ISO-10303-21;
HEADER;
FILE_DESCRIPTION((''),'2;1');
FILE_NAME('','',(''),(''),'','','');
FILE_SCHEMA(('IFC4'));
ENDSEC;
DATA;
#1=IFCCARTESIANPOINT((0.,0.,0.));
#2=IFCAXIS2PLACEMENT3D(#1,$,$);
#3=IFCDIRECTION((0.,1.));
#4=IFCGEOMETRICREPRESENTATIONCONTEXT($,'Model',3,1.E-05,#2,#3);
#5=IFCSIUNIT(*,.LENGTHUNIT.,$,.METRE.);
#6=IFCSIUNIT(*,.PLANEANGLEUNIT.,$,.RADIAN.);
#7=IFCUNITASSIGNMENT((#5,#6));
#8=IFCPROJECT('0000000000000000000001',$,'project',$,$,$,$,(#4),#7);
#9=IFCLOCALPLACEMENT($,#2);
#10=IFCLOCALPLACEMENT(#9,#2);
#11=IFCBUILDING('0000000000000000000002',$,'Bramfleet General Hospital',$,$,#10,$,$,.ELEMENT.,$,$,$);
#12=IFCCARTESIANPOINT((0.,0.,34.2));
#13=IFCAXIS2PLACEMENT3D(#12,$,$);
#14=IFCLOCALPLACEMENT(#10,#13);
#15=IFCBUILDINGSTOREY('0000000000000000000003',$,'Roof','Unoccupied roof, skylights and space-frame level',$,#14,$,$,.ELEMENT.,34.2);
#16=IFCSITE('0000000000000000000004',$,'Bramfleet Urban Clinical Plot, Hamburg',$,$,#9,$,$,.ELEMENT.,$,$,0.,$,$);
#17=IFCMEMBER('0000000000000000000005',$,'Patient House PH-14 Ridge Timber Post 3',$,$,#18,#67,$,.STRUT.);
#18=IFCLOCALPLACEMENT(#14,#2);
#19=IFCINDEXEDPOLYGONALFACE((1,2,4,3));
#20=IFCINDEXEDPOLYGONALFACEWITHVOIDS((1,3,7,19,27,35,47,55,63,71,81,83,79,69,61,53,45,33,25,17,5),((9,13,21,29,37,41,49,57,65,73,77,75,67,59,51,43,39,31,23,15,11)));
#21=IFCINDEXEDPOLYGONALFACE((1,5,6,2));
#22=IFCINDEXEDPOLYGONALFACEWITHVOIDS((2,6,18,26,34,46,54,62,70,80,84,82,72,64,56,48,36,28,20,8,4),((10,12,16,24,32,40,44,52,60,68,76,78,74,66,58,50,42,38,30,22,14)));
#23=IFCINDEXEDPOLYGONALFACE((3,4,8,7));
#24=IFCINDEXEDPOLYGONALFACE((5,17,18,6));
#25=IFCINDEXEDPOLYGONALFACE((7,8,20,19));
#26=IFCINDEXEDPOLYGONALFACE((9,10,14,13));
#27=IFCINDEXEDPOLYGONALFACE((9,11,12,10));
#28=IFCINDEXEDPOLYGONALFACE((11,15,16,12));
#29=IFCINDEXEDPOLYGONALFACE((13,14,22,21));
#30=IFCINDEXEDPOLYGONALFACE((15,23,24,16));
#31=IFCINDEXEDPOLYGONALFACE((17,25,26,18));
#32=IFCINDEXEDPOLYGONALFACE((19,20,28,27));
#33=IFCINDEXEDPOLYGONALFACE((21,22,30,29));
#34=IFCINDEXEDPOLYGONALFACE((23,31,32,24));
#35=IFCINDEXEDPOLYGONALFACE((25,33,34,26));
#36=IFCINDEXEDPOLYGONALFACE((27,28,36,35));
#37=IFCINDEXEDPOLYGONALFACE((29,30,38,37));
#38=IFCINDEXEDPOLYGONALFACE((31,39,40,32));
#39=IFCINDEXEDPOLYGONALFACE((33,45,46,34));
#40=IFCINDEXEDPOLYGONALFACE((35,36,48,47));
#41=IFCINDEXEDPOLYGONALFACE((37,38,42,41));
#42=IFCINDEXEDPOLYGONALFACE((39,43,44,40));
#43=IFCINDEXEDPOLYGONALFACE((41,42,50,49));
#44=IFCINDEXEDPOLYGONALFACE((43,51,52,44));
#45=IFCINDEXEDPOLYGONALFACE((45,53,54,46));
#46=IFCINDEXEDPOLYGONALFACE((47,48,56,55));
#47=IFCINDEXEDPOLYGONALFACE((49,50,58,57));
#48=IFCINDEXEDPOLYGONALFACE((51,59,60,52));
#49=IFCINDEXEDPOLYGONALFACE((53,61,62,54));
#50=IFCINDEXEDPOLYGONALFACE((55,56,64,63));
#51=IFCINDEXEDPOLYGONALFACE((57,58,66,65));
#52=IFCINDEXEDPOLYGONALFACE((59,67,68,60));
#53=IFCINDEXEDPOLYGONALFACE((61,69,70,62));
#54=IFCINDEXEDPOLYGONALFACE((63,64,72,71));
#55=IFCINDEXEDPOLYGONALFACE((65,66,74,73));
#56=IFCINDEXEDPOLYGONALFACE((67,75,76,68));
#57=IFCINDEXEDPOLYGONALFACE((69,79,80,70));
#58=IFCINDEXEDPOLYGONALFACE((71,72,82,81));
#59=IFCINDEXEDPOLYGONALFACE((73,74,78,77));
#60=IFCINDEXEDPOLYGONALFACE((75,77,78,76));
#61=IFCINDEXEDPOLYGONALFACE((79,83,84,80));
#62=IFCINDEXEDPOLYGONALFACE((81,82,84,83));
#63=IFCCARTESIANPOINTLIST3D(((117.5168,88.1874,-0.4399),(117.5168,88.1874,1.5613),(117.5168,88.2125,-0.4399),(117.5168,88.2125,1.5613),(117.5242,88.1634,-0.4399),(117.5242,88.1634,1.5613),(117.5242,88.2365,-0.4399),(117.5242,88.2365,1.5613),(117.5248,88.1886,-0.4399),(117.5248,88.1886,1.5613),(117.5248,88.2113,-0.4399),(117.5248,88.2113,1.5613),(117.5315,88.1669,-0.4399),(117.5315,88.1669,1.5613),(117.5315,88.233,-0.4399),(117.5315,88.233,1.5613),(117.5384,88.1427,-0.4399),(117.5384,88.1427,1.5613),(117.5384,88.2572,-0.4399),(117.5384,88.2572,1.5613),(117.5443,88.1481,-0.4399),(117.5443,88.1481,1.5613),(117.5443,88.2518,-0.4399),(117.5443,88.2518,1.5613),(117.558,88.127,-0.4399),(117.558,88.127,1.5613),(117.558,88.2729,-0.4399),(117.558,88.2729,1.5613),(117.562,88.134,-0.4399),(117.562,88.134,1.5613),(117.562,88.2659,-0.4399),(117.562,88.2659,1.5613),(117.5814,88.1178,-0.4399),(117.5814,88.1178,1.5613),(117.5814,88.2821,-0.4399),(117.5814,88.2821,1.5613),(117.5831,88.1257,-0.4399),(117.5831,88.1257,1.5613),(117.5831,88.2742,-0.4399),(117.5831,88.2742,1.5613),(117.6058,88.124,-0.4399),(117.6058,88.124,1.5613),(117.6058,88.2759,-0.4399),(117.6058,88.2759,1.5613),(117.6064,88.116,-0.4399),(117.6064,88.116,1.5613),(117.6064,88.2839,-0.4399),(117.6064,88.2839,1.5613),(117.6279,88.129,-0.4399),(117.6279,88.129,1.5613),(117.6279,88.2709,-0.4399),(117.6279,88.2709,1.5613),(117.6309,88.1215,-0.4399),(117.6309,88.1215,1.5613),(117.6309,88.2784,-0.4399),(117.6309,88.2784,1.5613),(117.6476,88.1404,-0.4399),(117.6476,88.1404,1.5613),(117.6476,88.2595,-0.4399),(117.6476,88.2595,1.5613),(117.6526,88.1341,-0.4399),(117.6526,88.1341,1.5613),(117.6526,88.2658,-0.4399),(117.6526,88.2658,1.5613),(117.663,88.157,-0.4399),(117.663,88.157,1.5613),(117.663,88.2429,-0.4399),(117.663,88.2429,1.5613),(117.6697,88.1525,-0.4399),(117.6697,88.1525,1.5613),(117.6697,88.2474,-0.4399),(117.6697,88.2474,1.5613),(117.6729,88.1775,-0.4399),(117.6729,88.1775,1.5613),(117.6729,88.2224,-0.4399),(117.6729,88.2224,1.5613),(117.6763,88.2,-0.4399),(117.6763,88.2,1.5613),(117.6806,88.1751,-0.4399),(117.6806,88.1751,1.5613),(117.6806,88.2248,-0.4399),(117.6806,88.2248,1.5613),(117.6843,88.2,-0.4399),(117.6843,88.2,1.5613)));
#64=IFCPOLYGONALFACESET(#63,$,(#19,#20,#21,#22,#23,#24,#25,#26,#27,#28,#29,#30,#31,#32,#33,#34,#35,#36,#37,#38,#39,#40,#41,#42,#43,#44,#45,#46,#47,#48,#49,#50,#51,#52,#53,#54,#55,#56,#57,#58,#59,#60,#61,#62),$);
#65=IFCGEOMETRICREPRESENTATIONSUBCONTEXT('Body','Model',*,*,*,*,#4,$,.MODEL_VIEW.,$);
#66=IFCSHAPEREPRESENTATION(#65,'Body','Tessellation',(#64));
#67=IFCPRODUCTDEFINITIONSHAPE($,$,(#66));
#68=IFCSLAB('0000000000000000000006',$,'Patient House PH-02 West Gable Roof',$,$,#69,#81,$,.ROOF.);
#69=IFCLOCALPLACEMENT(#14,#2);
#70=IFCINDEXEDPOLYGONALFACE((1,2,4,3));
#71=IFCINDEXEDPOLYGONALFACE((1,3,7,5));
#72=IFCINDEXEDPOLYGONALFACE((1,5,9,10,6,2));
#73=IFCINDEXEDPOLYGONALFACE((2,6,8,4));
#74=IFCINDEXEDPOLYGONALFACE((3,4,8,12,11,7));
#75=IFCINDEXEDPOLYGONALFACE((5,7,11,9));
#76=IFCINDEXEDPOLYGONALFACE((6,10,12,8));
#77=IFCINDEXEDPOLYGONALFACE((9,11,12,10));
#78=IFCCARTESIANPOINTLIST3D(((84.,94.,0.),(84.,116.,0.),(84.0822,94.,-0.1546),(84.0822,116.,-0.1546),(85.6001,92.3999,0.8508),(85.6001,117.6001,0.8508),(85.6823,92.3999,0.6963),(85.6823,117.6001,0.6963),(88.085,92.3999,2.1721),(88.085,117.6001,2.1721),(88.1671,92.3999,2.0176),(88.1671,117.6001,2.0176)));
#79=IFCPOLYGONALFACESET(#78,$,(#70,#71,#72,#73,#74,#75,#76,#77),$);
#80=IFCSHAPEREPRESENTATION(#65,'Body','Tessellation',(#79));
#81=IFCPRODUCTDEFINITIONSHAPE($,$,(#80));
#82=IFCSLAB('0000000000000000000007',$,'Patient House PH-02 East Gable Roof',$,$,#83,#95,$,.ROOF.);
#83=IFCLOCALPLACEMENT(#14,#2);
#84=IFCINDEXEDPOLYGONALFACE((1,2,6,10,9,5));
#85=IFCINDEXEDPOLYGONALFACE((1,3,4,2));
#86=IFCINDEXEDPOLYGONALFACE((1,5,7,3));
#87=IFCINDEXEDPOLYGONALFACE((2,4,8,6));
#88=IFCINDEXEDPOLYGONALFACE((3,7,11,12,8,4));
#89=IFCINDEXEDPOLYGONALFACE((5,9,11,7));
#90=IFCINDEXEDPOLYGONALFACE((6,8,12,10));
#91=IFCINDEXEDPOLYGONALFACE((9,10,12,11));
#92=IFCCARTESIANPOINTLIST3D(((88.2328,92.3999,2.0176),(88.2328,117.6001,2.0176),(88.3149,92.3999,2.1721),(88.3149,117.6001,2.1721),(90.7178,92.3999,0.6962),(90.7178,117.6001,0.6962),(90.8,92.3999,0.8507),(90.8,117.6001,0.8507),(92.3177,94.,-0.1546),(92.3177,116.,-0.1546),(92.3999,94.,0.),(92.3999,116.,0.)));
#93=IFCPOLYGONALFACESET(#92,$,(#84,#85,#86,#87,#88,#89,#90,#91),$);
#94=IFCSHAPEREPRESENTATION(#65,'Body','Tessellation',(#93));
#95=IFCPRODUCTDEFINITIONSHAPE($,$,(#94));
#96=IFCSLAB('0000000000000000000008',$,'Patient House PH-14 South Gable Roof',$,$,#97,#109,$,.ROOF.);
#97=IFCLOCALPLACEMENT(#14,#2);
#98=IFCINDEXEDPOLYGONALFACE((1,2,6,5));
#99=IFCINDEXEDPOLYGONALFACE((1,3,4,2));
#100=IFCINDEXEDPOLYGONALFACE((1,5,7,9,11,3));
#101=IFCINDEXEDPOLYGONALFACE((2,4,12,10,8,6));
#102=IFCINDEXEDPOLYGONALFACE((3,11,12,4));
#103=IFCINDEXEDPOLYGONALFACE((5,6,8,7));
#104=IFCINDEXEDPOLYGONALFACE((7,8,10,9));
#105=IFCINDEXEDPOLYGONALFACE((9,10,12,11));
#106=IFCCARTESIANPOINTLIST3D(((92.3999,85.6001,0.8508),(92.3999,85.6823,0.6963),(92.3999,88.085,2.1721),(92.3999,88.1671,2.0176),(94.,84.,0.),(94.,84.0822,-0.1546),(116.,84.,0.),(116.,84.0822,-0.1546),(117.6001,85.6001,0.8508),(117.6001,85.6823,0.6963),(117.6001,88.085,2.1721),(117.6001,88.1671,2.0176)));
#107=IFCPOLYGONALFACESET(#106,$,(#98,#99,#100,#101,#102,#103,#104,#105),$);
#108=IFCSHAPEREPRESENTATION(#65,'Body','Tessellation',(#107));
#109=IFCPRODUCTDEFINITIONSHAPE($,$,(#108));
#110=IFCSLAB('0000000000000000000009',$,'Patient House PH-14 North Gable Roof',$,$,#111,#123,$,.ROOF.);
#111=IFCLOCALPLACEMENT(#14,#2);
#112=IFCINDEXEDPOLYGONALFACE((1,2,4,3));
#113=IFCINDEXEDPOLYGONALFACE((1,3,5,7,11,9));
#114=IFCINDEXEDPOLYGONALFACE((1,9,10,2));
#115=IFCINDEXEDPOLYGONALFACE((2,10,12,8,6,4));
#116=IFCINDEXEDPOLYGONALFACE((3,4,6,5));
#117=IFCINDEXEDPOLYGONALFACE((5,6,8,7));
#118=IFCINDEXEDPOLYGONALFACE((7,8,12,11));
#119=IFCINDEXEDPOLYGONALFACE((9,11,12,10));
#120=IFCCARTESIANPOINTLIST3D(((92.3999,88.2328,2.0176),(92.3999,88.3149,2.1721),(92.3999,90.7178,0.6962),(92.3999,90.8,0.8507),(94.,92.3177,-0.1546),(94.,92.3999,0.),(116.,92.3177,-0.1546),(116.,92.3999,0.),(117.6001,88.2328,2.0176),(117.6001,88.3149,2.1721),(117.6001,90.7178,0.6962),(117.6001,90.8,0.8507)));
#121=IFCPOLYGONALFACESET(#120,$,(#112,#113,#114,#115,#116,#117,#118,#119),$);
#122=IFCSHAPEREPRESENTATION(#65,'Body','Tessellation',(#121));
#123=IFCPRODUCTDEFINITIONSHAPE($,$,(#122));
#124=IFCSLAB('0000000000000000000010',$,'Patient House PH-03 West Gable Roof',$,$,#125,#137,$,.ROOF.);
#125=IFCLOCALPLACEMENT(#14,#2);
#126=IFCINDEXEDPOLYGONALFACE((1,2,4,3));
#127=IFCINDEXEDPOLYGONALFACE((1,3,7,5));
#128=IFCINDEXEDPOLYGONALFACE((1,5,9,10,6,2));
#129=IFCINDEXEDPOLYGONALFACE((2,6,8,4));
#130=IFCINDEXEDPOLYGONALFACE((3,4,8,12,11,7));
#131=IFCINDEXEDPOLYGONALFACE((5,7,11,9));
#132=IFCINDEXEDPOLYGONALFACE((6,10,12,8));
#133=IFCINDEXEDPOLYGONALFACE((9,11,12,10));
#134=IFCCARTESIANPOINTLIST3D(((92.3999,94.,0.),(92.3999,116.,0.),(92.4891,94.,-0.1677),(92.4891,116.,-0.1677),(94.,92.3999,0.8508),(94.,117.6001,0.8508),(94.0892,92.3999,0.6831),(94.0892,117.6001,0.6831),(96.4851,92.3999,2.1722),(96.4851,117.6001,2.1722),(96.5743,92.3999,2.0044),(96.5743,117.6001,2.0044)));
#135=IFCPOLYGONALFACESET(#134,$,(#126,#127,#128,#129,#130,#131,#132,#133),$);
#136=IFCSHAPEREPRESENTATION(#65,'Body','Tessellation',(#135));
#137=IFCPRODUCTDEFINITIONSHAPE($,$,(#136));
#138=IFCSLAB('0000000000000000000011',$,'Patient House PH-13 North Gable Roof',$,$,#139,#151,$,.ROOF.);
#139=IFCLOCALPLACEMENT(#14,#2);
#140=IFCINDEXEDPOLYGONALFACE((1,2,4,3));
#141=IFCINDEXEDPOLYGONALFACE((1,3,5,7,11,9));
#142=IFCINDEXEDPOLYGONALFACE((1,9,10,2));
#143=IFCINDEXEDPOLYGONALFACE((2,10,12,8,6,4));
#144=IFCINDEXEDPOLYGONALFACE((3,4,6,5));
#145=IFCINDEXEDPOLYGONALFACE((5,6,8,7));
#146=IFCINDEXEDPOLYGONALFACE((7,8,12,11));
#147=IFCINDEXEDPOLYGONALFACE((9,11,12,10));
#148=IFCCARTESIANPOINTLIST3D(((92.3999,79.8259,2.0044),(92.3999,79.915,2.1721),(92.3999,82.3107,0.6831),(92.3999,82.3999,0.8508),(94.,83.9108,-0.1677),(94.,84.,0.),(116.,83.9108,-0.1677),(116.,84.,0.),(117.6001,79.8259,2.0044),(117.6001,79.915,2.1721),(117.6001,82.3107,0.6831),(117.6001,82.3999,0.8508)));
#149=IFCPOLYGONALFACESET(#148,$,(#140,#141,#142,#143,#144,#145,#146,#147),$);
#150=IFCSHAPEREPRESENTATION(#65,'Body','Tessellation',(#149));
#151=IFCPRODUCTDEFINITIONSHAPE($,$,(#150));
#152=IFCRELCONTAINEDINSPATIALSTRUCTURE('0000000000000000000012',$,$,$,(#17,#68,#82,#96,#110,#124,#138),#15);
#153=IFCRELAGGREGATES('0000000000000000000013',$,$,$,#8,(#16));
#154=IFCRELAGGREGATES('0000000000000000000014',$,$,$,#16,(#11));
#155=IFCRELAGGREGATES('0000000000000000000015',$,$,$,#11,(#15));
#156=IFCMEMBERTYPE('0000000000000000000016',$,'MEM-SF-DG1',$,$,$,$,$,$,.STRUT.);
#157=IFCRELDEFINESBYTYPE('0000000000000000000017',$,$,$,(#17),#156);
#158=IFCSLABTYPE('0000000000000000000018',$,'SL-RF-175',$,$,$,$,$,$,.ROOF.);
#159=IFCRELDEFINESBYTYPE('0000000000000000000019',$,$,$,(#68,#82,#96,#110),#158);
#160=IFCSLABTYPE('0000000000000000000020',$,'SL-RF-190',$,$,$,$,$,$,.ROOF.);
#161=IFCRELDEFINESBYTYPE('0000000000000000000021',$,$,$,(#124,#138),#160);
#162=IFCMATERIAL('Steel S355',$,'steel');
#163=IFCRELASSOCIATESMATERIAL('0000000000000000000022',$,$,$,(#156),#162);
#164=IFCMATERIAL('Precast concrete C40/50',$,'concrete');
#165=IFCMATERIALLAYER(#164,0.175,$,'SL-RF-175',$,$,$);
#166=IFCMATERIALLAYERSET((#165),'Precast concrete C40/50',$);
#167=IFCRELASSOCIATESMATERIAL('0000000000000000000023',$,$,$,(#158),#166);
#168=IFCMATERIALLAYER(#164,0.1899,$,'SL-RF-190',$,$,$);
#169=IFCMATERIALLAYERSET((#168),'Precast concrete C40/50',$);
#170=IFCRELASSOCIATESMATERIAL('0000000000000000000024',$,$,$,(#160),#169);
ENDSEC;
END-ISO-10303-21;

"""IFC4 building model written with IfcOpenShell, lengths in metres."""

from ifc_helpers import new_model, si_unit, direction, frame, origin, origin_2d, place, context, subcontext, project, spatial, polyline, hollow_circle, outline, extrude, material, layer, layer_set, material_profile, profile_set, type_object, element, save


model = new_model("IFC4")

# Units and contexts
model_context = context("Model", 3, precision=1e-05, world=origin(), true_north=direction((0.0, 1.0)))
body_context = subcontext(model_context, "Body", "Model", "MODEL_VIEW")
ifc_project = project(units=[si_unit("LENGTHUNIT", "METRE"), si_unit("PLANEANGLEUNIT", "RADIAN")], contexts=[model_context])

# Site, building, storey
site_placement = place(None, origin())
site = spatial("IfcSite", under=ifc_project, at=site_placement, Name="Bramfleet Urban Clinical Plot, Hamburg", CompositionType="ELEMENT", RefElevation=0.0)
building_placement = place(site_placement, origin())
building = spatial("IfcBuilding", under=site, at=building_placement, Name="Bramfleet General Hospital", CompositionType="ELEMENT")
storey_placement = place(building_placement, frame((0.0, 0.0, 34.2)))
storey = spatial("IfcBuildingStorey", under=building, at=storey_placement, Name="Roof", Description="Unoccupied roof, skylights and space-frame level", CompositionType="ELEMENT", Elevation=34.2)

# Member
ifc_material_1 = material(Name="Steel S355", Category="steel")
ifc_material_profile_1 = material_profile(ifc_material_1, hollow_circle(Radius=0.0842, WallThickness=0.0081, at=origin_2d()), Name="CHS 168.3x8.0")
ifc_profile_set_1 = profile_set([ifc_material_profile_1], Name="Steel S355")
member_type_1 = type_object("IfcMemberType", Name="MEM-SF-DG1", PredefinedType="STRUT", material=ifc_profile_set_1)
for number, where, z_axis, x_axis, name in (
    (1, (117.6001, 88.2, -0.4399), (0.0, 0.0, 1.0), (1.0, 0.0, 0.0), "Patient House PH-14 Ridge Timber Post 3"),
):
    element("IfcMember", number, at=place(storey_placement, frame(where, z_axis=z_axis, x_axis=x_axis)), inside=storey, type_object=member_type_1, Name=name, PredefinedType="STRUT", context=body_context, shape_type="SweptSolid", body=[
        extrude(hollow_circle(Radius=0.0842, WallThickness=0.0081, at=origin_2d()), origin(), (0.0, 0.0, 1.0), 2.0012),
    ])

# Slabs
ifc_material_2 = material(Name="Precast concrete C40/50", Category="concrete")
ifc_layer_1 = layer(ifc_material_2, 0.175, Name="SL-RF-175")
ifc_layer_set_1 = layer_set([ifc_layer_1], Name="Precast concrete C40/50")
slab_type_1 = type_object("IfcSlabType", Name="SL-RF-175", PredefinedType="ROOF", material=ifc_layer_set_1)
slab_1_placement = place(storey_placement, frame((85.6001, 92.3999, 0.8508), z_axis=(-0.46949, 0.0, 0.882938), x_axis=(0.882938, 0.0, 0.46949)))
element("IfcSlab", 2, at=slab_1_placement, inside=storey, type_object=slab_type_1, Name="Patient House PH-02 West Gable Roof", PredefinedType="ROOF", context=body_context, shape_type="SweptSolid", body=[
    extrude(outline(polyline([(0.0, 0.0), (2.8143, 0.0), (2.8143, 25.2002), (0.0, 25.2002), (-1.8122, 23.6001), (-1.8122, 1.6001), (0.0, 0.0)])), origin(), (0.0, 0.0, -1.0), 0.175),
])
slab_2_placement = place(storey_placement, frame((88.3149, 92.3999, 2.1721), z_axis=(0.469488, 0.0, 0.882939), x_axis=(0.882939, 0.0, -0.469488)))
element("IfcSlab", 3, at=slab_2_placement, inside=storey, type_object=slab_type_1, Name="Patient House PH-02 East Gable Roof", PredefinedType="ROOF", context=body_context, shape_type="SweptSolid", body=[
    extrude(outline(polyline([(0.0, 0.0), (2.8145, 0.0), (4.6266, 1.6001), (4.6266, 23.6001), (2.8145, 25.2002), (0.0, 25.2002), (0.0, 0.0)])), origin(), (0.0, 0.0, -1.0), 0.175),
])
slab_3_placement = place(storey_placement, frame((94.0, 84.0, 0.0), z_axis=(0.0, -0.46949, 0.882938), x_axis=(1.0, 0.0, 0.0)))
element("IfcSlab", 4, at=slab_3_placement, inside=storey, type_object=slab_type_1, Name="Patient House PH-14 South Gable Roof", PredefinedType="ROOF", context=body_context, shape_type="SweptSolid", body=[
    extrude(outline(polyline([(0.0, 0.0), (22.0, 0.0), (23.6001, 1.8122), (23.6001, 4.6266), (-1.6001, 4.6266), (-1.6001, 1.8122), (0.0, 0.0)])), origin(), (0.0, 0.0, -1.0), 0.175),
])
slab_4_placement = place(storey_placement, frame((92.3999, 88.3149, 2.1721), z_axis=(0.0, 0.469488, 0.882939), x_axis=(1.0, 0.0, 0.0)))
element("IfcSlab", 5, at=slab_4_placement, inside=storey, type_object=slab_type_1, Name="Patient House PH-14 North Gable Roof", PredefinedType="ROOF", context=body_context, shape_type="SweptSolid", body=[
    extrude(outline(polyline([(0.0, 0.0), (25.2002, 0.0), (25.2002, 2.8145), (23.6001, 4.6266), (1.6001, 4.6266), (0.0, 2.8145), (0.0, 0.0)])), origin(), (0.0, 0.0, -1.0), 0.175),
])
ifc_layer_2 = layer(ifc_material_2, 0.1899, Name="SL-RF-190")
ifc_layer_set_2 = layer_set([ifc_layer_2], Name="Precast concrete C40/50")
slab_type_2 = type_object("IfcSlabType", Name="SL-RF-190", PredefinedType="ROOF", material=ifc_layer_set_2)
slab_5_placement = place(storey_placement, frame((94.0, 92.3999, 0.8508), z_axis=(-0.469467, 0.0, 0.88295), x_axis=(0.88295, 0.0, 0.469467)))
element("IfcSlab", 6, at=slab_5_placement, inside=storey, type_object=slab_type_2, Name="Patient House PH-03 West Gable Roof", PredefinedType="ROOF", context=body_context, shape_type="SweptSolid", body=[
    extrude(outline(polyline([(0.0, 0.0), (2.8145, 0.0), (2.8145, 25.2002), (0.0, 25.2002), (-1.8122, 23.6001), (-1.8122, 1.6001), (0.0, 0.0)])), origin(), (0.0, 0.0, -1.0), 0.1899),
])
slab_6_placement = place(storey_placement, frame((92.3999, 79.915, 2.1721), z_axis=(0.0, 0.46949, 0.882938), x_axis=(1.0, 0.0, 0.0)))
element("IfcSlab", 7, at=slab_6_placement, inside=storey, type_object=slab_type_2, Name="Patient House PH-13 North Gable Roof", PredefinedType="ROOF", context=body_context, shape_type="SweptSolid", body=[
    extrude(outline(polyline([(0.0, 0.0), (25.2002, 0.0), (25.2002, 2.8143), (23.6001, 4.6266), (1.6001, 4.6266), (0.0, 2.8143), (0.0, 0.0)])), origin(), (0.0, 0.0, -1.0), 0.1899),
])

save(model, "model.ifc")
